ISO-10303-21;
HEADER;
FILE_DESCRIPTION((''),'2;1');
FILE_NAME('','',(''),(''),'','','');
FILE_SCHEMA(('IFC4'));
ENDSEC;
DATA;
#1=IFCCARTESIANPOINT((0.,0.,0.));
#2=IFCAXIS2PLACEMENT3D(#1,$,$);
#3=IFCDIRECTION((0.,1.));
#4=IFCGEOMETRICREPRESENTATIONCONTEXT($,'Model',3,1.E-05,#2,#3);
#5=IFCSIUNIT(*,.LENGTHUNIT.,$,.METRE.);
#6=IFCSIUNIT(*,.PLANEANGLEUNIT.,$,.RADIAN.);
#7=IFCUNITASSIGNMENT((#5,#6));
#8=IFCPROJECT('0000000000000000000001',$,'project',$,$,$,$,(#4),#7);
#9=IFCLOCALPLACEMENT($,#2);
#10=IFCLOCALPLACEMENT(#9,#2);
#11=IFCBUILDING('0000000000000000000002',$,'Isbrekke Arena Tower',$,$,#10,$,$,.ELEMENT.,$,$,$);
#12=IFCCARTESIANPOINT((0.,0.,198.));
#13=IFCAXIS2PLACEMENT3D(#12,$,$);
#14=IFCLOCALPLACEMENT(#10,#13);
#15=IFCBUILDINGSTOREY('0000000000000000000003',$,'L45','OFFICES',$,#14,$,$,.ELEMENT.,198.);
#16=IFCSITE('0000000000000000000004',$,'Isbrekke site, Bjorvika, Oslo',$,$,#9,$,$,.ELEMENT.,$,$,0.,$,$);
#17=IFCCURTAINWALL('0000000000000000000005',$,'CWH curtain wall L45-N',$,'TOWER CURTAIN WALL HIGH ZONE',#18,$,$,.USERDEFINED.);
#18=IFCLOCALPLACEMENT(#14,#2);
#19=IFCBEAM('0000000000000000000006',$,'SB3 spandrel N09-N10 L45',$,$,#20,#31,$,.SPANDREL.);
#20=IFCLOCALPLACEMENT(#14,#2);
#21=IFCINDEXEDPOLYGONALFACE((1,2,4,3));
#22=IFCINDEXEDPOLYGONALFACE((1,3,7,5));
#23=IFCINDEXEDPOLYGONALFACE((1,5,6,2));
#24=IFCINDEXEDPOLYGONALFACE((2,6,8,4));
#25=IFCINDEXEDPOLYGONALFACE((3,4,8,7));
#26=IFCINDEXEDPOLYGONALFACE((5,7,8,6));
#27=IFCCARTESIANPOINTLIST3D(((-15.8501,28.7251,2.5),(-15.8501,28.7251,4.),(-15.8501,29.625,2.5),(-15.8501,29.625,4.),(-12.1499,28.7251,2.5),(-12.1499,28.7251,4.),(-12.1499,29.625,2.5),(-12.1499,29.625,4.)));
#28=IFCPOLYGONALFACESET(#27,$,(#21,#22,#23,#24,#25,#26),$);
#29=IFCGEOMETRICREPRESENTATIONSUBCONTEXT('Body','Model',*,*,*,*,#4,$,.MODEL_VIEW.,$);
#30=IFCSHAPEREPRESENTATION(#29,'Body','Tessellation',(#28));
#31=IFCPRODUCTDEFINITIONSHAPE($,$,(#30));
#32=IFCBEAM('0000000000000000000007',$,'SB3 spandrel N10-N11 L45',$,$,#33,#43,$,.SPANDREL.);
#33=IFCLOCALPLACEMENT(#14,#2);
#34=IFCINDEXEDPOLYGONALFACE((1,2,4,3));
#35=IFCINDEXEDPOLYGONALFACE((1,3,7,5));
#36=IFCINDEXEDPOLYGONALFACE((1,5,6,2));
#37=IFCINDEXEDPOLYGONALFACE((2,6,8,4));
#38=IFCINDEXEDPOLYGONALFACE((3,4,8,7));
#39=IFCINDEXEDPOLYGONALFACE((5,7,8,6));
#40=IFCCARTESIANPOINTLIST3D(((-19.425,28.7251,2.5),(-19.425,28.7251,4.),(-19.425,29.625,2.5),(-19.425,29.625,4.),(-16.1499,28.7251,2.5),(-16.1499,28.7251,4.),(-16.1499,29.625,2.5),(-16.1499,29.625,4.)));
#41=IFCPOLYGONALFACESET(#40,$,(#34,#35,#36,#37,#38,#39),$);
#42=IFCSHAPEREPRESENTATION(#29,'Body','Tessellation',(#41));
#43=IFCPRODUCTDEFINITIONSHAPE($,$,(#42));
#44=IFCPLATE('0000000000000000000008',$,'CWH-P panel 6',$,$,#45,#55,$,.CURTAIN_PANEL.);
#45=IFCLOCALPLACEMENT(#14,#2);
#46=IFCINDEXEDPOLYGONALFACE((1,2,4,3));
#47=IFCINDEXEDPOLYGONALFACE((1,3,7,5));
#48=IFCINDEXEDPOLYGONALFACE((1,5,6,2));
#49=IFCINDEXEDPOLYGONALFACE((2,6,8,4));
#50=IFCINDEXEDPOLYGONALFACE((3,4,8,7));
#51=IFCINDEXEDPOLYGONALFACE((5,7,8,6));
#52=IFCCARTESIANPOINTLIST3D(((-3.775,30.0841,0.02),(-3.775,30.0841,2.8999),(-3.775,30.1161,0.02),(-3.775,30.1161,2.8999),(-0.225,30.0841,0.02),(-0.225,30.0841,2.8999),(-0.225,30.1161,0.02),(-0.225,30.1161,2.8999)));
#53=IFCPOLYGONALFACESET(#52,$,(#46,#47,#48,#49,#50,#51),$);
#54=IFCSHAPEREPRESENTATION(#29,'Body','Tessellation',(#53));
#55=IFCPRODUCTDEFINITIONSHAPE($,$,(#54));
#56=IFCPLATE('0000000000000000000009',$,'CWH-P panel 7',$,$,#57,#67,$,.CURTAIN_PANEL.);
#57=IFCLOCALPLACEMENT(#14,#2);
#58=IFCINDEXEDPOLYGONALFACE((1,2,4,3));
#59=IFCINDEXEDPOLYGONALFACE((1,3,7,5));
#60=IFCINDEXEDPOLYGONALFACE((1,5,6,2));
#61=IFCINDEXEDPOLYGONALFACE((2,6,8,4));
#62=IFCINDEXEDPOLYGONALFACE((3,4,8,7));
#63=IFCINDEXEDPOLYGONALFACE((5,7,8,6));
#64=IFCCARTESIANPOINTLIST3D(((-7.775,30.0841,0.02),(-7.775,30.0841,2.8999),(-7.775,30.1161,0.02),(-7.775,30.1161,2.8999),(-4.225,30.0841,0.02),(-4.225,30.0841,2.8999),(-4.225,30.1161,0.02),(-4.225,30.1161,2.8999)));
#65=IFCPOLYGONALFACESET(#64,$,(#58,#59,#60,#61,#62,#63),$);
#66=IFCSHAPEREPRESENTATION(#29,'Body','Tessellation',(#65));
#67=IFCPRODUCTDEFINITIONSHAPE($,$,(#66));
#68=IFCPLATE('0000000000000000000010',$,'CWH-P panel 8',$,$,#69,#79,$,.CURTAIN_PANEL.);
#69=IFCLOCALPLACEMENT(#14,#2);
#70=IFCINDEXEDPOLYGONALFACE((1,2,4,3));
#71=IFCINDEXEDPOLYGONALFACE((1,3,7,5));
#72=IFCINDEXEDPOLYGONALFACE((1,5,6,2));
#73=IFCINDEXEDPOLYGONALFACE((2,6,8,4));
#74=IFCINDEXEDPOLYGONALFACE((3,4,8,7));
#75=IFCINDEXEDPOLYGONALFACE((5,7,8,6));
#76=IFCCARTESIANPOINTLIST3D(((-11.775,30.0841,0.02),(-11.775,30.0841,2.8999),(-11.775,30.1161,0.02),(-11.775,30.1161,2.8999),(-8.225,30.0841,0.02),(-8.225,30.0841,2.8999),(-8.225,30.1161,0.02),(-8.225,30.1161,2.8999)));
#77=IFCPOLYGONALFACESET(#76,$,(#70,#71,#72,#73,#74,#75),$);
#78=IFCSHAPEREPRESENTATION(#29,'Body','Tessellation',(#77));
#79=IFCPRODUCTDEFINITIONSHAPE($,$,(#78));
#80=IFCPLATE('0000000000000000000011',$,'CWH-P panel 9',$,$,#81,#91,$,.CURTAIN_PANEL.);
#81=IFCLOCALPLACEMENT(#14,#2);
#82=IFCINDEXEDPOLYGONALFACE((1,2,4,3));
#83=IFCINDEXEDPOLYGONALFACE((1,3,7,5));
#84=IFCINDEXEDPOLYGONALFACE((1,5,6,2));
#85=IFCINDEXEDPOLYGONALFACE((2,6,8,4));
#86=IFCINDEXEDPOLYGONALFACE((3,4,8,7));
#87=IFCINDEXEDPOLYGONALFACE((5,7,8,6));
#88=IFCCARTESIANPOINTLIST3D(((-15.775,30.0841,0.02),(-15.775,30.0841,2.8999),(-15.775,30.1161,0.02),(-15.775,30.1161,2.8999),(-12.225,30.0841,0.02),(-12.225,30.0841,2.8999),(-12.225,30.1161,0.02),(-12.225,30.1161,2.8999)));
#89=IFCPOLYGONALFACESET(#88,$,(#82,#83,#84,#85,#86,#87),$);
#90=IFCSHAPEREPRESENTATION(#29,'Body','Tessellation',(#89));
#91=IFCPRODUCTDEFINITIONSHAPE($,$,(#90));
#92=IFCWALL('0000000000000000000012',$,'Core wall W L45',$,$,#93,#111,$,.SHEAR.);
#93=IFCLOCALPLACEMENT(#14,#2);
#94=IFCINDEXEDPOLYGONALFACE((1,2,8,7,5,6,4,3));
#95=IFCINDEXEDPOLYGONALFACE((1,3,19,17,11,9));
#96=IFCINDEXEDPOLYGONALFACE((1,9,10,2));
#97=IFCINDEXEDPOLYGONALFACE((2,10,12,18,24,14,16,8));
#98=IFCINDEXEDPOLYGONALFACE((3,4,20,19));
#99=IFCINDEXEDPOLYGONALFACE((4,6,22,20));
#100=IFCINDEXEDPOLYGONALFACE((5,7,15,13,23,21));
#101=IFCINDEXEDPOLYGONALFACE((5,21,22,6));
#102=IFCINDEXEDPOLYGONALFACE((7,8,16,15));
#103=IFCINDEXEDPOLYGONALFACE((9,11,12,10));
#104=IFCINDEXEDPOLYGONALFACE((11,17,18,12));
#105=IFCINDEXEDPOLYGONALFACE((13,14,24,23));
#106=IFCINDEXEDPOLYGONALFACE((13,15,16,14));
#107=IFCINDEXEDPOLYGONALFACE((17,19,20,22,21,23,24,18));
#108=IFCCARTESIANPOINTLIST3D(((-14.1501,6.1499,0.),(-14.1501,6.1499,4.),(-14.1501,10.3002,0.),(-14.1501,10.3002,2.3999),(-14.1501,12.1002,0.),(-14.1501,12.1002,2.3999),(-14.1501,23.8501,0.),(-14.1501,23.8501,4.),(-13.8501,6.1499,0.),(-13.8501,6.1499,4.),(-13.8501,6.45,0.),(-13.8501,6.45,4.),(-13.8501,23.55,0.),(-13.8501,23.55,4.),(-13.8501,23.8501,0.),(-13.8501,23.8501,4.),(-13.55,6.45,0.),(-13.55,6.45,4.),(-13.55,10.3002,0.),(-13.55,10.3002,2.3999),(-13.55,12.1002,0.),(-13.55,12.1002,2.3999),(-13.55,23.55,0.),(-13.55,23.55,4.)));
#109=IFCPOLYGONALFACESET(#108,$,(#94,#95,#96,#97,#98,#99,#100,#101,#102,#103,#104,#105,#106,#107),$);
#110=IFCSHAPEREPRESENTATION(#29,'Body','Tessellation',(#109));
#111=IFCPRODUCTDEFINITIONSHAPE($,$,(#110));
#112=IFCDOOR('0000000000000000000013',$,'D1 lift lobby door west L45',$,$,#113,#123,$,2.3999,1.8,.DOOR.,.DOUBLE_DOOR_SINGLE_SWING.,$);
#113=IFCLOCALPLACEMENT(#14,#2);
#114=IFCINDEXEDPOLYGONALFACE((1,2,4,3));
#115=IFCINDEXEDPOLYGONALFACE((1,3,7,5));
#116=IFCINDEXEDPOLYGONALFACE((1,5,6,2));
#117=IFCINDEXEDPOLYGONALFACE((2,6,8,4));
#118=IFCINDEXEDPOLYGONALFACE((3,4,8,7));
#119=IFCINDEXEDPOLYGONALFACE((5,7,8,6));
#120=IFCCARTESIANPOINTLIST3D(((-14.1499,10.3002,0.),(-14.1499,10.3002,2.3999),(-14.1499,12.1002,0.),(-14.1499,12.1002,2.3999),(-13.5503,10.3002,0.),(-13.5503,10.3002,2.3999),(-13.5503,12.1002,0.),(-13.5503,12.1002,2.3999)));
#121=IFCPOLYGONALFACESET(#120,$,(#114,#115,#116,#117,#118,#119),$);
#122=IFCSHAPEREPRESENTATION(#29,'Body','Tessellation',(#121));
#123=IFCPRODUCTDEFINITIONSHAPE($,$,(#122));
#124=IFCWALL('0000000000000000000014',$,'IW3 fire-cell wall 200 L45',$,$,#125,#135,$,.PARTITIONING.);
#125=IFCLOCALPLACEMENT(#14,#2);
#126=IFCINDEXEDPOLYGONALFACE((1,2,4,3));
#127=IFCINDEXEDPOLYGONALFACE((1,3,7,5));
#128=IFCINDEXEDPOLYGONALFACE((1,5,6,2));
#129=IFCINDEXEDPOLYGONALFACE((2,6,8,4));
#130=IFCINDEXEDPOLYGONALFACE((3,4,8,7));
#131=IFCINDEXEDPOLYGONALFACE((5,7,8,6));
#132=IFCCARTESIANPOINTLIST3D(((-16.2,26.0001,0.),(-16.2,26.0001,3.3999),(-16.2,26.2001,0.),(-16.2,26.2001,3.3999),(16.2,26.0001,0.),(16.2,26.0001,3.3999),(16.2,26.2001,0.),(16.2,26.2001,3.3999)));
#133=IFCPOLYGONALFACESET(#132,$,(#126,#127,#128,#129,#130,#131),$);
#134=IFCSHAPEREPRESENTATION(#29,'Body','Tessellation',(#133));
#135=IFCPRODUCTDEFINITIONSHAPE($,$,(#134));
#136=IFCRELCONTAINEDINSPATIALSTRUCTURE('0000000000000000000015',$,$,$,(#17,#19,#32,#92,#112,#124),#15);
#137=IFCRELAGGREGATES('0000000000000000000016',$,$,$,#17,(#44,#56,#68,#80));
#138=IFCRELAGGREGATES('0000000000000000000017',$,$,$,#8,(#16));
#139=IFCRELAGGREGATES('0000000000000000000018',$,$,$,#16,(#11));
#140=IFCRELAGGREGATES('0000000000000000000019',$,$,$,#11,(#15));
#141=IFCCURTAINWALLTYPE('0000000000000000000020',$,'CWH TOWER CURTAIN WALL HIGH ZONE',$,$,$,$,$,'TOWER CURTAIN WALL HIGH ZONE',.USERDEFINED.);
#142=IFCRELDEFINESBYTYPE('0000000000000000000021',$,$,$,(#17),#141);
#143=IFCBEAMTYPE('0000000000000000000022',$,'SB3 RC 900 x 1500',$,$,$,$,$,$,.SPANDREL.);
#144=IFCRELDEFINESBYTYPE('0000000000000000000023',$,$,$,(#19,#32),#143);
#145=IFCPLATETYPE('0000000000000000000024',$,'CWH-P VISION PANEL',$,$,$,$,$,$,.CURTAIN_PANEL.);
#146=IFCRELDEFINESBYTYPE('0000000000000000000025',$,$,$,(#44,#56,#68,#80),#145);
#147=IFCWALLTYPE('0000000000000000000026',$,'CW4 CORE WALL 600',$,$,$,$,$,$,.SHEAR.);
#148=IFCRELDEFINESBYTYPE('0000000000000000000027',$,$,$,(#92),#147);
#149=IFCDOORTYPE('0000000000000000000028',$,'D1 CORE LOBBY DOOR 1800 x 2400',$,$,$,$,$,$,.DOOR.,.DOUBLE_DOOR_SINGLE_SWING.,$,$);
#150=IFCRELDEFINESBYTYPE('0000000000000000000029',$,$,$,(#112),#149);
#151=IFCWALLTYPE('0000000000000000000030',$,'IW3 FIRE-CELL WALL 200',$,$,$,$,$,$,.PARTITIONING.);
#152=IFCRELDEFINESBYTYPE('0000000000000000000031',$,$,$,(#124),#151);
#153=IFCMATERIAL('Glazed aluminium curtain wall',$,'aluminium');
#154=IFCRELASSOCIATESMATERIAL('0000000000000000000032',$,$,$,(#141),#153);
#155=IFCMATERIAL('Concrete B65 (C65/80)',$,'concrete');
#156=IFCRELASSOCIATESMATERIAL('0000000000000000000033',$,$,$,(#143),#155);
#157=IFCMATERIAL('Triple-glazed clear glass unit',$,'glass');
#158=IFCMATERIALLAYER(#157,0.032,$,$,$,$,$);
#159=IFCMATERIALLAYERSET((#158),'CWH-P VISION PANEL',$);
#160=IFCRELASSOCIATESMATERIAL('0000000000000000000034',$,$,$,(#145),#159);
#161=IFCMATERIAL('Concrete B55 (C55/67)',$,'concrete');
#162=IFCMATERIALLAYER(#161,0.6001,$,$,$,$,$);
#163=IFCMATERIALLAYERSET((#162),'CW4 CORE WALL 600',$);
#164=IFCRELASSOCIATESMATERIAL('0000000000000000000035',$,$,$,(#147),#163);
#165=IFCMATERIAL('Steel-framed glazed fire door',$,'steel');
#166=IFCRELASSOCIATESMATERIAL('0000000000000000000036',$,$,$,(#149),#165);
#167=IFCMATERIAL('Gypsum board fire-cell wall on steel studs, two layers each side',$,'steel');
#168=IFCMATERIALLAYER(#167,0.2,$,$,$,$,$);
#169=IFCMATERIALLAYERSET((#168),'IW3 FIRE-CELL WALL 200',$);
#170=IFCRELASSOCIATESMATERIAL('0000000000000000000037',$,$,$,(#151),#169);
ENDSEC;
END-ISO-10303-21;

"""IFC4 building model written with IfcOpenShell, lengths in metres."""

from ifc_helpers import new_model, si_unit, direction, frame, frame_2d, origin, origin_2d, place, context, subcontext, project, spatial, polyline, rectangle, outline, extrude, material, layer, layer_set, material_profile, profile_set, type_object, element, fill, aggregate, save


model = new_model("IFC4")

# Units and contexts
model_context = context("Model", 3, precision=1e-05, world=origin(), true_north=direction((0.0, 1.0)))
body_context = subcontext(model_context, "Body", "Model", "MODEL_VIEW")
ifc_project = project(units=[si_unit("LENGTHUNIT", "METRE"), si_unit("PLANEANGLEUNIT", "RADIAN")], contexts=[model_context])

# Site, building, storey
site_placement = place(None, origin())
site = spatial("IfcSite", under=ifc_project, at=site_placement, Name="Isbrekke site, Bjorvika, Oslo", CompositionType="ELEMENT", RefElevation=0.0)
building_placement = place(site_placement, origin())
building = spatial("IfcBuilding", under=site, at=building_placement, Name="Isbrekke Arena Tower", CompositionType="ELEMENT")
storey_placement = place(building_placement, frame((0.0, 0.0, 198.0)))
storey = spatial("IfcBuildingStorey", under=building, at=storey_placement, Name="L45", Description="OFFICES", CompositionType="ELEMENT", Elevation=198.0)

# Curtain wall
ifc_material_1 = material(Name="Glazed aluminium curtain wall", Category="aluminium")
curtain_wall_type = type_object("IfcCurtainWallType", Name="CWH TOWER CURTAIN WALL HIGH ZONE", ElementType="TOWER CURTAIN WALL HIGH ZONE", PredefinedType="USERDEFINED", material=ifc_material_1)
curtain_wall_placement = place(storey_placement, origin())
curtain_wall = element("IfcCurtainWall", 1, at=curtain_wall_placement, inside=storey, type_object=curtain_wall_type, Name="CWH curtain wall L45-N", ObjectType="TOWER CURTAIN WALL HIGH ZONE", PredefinedType="USERDEFINED")

# Beams
ifc_material_2 = material(Name="Concrete B65 (C65/80)", Category="concrete")
ifc_material_profile_1 = material_profile(ifc_material_2, rectangle(XDim=0.8999, YDim=1.5, at=origin_2d()), Name="RC 900x1500")
ifc_profile_set_1 = profile_set([ifc_material_profile_1], Name="Concrete B65 (C65/80)")
beam_type_1 = type_object("IfcBeamType", Name="SB3 RC 900 x 1500", PredefinedType="SPANDREL", material=ifc_profile_set_1)
for number, where, z_axis, x_axis, name in (
    (2, (-12.1499, 29.175, 3.25), (-1.0, 0.0, 0.0), (0.0, -1.0, 0.0), "SB3 spandrel N09-N10 L45"),
):
    element("IfcBeam", number, at=place(storey_placement, frame(where, z_axis=z_axis, x_axis=x_axis)), inside=storey, type_object=beam_type_1, Name=name, PredefinedType="SPANDREL", context=body_context, shape_type="SweptSolid", body=[
        extrude(rectangle(XDim=0.8999, YDim=1.5, at=origin_2d()), origin(), (0.0, 0.0, 1.0), 3.7002),
    ])
beam_1_placement = place(storey_placement, frame((-16.1499, 29.175, 3.25), z_axis=(-1.0, 0.0, 0.0), x_axis=(0.0, -1.0, 0.0)))
element("IfcBeam", 3, at=beam_1_placement, inside=storey, type_object=beam_type_1, Name="SB3 spandrel N10-N11 L45", PredefinedType="SPANDREL", context=body_context, shape_type="SweptSolid", body=[
    extrude(rectangle(XDim=0.8999, YDim=1.5, at=origin_2d()), origin(), (0.0, 0.0, 1.0), 3.2751),
])

# Plates
ifc_material_3 = material(Name="Triple-glazed clear glass unit", Category="glass")
ifc_layer_1 = layer(ifc_material_3, 0.032)
ifc_layer_set_1 = layer_set([ifc_layer_1], Name="CWH-P VISION PANEL")
plate_type = type_object("IfcPlateType", Name="CWH-P VISION PANEL", PredefinedType="CURTAIN_PANEL", material=ifc_layer_set_1)
plate_1_placement = place(storey_placement, frame((-2.0, 30.1001, 0.02), z_axis=(0.0, 0.0, 1.0), x_axis=(-1.0, 0.0, 0.0)))
plate_1 = element("IfcPlate", 4, at=plate_1_placement, type_object=plate_type, Name="CWH-P panel 6", PredefinedType="CURTAIN_PANEL", context=body_context, shape_type="SweptSolid", body=[
    extrude(rectangle(XDim=3.55, YDim=0.032, at=origin_2d()), origin(), (0.0, 0.0, 1.0), 2.8799),
])
plate_2_placement = place(storey_placement, frame((-6.0, 30.1001, 0.02), z_axis=(0.0, 0.0, 1.0), x_axis=(-1.0, 0.0, 0.0)))
plate_2 = element("IfcPlate", 5, at=plate_2_placement, type_object=plate_type, Name="CWH-P panel 7", PredefinedType="CURTAIN_PANEL", context=body_context, shape_type="SweptSolid", body=[
    extrude(rectangle(XDim=3.55, YDim=0.032, at=origin_2d()), origin(), (0.0, 0.0, 1.0), 2.8799),
])
plate_3_placement = place(storey_placement, frame((-10.0, 30.1001, 0.02), z_axis=(0.0, 0.0, 1.0), x_axis=(-1.0, 0.0, 0.0)))
plate_3 = element("IfcPlate", 6, at=plate_3_placement, type_object=plate_type, Name="CWH-P panel 8", PredefinedType="CURTAIN_PANEL", context=body_context, shape_type="SweptSolid", body=[
    extrude(rectangle(XDim=3.55, YDim=0.032, at=origin_2d()), origin(), (0.0, 0.0, 1.0), 2.8799),
])
plate_4_placement = place(storey_placement, frame((-14.0, 30.1001, 0.02), z_axis=(0.0, 0.0, 1.0), x_axis=(-1.0, 0.0, 0.0)))
plate_4 = element("IfcPlate", 7, at=plate_4_placement, type_object=plate_type, Name="CWH-P panel 9", PredefinedType="CURTAIN_PANEL", context=body_context, shape_type="SweptSolid", body=[
    extrude(rectangle(XDim=3.55, YDim=0.032, at=origin_2d()), origin(), (0.0, 0.0, 1.0), 2.8799),
])
aggregate(curtain_wall, [plate_1, plate_2, plate_3, plate_4])

# Wall, opening, door
ifc_material_4 = material(Name="Concrete B55 (C55/67)", Category="concrete")
ifc_layer_2 = layer(ifc_material_4, 0.6001)
ifc_layer_set_2 = layer_set([ifc_layer_2], Name="CW4 CORE WALL 600")
wall_type_1 = type_object("IfcWallType", Name="CW4 CORE WALL 600", PredefinedType="SHEAR", material=ifc_layer_set_2)
wall_1_placement = place(storey_placement, frame((-13.8501, 23.8501, 0.0), z_axis=(0.0, 0.0, 1.0), x_axis=(0.0, -1.0, 0.0)))
wall_1 = element("IfcWall", 8, at=wall_1_placement, inside=storey, type_object=wall_type_1, Name="Core wall W L45", PredefinedType="SHEAR", context=body_context, shape_type="SweptSolid", body=[
    extrude(outline(polyline([(0.0, -0.3), (17.7002, -0.3), (17.7002, 0.0), (17.4001, 0.0), (17.4001, 0.3), (0.3, 0.3), (0.3, 0.0), (0.0, 0.0), (0.0, -0.3)])), origin(), (0.0, 0.0, 1.0), 4.0),
])
opening_placement = place(wall_1_placement, frame((11.75, 0.0, 0.0)))
opening = element("IfcOpeningElement", 9, at=opening_placement, cuts=wall_1, PredefinedType="OPENING", context=body_context, shape_type="SweptSolid", body=[
    extrude(rectangle(XDim=1.8, YDim=2.3999, at=frame_2d((0.8999, 1.2))), frame((0.0, 0.3149, 0.0), z_axis=(0.0, -1.0, 0.0), x_axis=(1.0, 0.0, 0.0)), (0.0, 0.0, 1.0), 0.6299),
])
ifc_material_5 = material(Name="Steel-framed glazed fire door", Category="steel")
door_type = type_object("IfcDoorType", Name="D1 CORE LOBBY DOOR 1800 x 2400", OperationType="DOUBLE_DOOR_SINGLE_SWING", PredefinedType="DOOR", material=ifc_material_5)
door_placement = place(opening_placement, origin())
door = element("IfcDoor", 10, at=door_placement, inside=storey, type_object=door_type, Name="D1 lift lobby door west L45", OperationType="DOUBLE_DOOR_SINGLE_SWING", OverallHeight=2.3999, OverallWidth=1.8, PredefinedType="DOOR", context=body_context, shape_type="SweptSolid", body=[
    extrude(rectangle(XDim=1.8, YDim=2.3999, at=frame_2d((0.8999, 1.2))), frame((0.0, 0.2998, 0.0), z_axis=(0.0, -1.0, 0.0), x_axis=(1.0, 0.0, 0.0)), (0.0, 0.0, 1.0), 0.5996),
])
fill(opening, door)

# Wall
ifc_material_6 = material(Name="Gypsum board fire-cell wall on steel studs, two layers each side", Category="steel")
ifc_layer_3 = layer(ifc_material_6, 0.2)
ifc_layer_set_3 = layer_set([ifc_layer_3], Name="IW3 FIRE-CELL WALL 200")
wall_type_2 = type_object("IfcWallType", Name="IW3 FIRE-CELL WALL 200", PredefinedType="PARTITIONING", material=ifc_layer_set_3)
wall_2_placement = place(storey_placement, frame((-16.2, 26.1001, 0.0), z_axis=(0.0, 0.0, 1.0), x_axis=(1.0, 0.0, 0.0)))
element("IfcWall", 11, at=wall_2_placement, inside=storey, type_object=wall_type_2, Name="IW3 fire-cell wall 200 L45", PredefinedType="PARTITIONING", context=body_context, shape_type="SweptSolid", body=[
    extrude(rectangle(XDim=32.3999, YDim=0.2, at=frame_2d((16.2, 0.0))), origin(), (0.0, 0.0, 1.0), 3.3999),
])

save(model, "model.ifc")
